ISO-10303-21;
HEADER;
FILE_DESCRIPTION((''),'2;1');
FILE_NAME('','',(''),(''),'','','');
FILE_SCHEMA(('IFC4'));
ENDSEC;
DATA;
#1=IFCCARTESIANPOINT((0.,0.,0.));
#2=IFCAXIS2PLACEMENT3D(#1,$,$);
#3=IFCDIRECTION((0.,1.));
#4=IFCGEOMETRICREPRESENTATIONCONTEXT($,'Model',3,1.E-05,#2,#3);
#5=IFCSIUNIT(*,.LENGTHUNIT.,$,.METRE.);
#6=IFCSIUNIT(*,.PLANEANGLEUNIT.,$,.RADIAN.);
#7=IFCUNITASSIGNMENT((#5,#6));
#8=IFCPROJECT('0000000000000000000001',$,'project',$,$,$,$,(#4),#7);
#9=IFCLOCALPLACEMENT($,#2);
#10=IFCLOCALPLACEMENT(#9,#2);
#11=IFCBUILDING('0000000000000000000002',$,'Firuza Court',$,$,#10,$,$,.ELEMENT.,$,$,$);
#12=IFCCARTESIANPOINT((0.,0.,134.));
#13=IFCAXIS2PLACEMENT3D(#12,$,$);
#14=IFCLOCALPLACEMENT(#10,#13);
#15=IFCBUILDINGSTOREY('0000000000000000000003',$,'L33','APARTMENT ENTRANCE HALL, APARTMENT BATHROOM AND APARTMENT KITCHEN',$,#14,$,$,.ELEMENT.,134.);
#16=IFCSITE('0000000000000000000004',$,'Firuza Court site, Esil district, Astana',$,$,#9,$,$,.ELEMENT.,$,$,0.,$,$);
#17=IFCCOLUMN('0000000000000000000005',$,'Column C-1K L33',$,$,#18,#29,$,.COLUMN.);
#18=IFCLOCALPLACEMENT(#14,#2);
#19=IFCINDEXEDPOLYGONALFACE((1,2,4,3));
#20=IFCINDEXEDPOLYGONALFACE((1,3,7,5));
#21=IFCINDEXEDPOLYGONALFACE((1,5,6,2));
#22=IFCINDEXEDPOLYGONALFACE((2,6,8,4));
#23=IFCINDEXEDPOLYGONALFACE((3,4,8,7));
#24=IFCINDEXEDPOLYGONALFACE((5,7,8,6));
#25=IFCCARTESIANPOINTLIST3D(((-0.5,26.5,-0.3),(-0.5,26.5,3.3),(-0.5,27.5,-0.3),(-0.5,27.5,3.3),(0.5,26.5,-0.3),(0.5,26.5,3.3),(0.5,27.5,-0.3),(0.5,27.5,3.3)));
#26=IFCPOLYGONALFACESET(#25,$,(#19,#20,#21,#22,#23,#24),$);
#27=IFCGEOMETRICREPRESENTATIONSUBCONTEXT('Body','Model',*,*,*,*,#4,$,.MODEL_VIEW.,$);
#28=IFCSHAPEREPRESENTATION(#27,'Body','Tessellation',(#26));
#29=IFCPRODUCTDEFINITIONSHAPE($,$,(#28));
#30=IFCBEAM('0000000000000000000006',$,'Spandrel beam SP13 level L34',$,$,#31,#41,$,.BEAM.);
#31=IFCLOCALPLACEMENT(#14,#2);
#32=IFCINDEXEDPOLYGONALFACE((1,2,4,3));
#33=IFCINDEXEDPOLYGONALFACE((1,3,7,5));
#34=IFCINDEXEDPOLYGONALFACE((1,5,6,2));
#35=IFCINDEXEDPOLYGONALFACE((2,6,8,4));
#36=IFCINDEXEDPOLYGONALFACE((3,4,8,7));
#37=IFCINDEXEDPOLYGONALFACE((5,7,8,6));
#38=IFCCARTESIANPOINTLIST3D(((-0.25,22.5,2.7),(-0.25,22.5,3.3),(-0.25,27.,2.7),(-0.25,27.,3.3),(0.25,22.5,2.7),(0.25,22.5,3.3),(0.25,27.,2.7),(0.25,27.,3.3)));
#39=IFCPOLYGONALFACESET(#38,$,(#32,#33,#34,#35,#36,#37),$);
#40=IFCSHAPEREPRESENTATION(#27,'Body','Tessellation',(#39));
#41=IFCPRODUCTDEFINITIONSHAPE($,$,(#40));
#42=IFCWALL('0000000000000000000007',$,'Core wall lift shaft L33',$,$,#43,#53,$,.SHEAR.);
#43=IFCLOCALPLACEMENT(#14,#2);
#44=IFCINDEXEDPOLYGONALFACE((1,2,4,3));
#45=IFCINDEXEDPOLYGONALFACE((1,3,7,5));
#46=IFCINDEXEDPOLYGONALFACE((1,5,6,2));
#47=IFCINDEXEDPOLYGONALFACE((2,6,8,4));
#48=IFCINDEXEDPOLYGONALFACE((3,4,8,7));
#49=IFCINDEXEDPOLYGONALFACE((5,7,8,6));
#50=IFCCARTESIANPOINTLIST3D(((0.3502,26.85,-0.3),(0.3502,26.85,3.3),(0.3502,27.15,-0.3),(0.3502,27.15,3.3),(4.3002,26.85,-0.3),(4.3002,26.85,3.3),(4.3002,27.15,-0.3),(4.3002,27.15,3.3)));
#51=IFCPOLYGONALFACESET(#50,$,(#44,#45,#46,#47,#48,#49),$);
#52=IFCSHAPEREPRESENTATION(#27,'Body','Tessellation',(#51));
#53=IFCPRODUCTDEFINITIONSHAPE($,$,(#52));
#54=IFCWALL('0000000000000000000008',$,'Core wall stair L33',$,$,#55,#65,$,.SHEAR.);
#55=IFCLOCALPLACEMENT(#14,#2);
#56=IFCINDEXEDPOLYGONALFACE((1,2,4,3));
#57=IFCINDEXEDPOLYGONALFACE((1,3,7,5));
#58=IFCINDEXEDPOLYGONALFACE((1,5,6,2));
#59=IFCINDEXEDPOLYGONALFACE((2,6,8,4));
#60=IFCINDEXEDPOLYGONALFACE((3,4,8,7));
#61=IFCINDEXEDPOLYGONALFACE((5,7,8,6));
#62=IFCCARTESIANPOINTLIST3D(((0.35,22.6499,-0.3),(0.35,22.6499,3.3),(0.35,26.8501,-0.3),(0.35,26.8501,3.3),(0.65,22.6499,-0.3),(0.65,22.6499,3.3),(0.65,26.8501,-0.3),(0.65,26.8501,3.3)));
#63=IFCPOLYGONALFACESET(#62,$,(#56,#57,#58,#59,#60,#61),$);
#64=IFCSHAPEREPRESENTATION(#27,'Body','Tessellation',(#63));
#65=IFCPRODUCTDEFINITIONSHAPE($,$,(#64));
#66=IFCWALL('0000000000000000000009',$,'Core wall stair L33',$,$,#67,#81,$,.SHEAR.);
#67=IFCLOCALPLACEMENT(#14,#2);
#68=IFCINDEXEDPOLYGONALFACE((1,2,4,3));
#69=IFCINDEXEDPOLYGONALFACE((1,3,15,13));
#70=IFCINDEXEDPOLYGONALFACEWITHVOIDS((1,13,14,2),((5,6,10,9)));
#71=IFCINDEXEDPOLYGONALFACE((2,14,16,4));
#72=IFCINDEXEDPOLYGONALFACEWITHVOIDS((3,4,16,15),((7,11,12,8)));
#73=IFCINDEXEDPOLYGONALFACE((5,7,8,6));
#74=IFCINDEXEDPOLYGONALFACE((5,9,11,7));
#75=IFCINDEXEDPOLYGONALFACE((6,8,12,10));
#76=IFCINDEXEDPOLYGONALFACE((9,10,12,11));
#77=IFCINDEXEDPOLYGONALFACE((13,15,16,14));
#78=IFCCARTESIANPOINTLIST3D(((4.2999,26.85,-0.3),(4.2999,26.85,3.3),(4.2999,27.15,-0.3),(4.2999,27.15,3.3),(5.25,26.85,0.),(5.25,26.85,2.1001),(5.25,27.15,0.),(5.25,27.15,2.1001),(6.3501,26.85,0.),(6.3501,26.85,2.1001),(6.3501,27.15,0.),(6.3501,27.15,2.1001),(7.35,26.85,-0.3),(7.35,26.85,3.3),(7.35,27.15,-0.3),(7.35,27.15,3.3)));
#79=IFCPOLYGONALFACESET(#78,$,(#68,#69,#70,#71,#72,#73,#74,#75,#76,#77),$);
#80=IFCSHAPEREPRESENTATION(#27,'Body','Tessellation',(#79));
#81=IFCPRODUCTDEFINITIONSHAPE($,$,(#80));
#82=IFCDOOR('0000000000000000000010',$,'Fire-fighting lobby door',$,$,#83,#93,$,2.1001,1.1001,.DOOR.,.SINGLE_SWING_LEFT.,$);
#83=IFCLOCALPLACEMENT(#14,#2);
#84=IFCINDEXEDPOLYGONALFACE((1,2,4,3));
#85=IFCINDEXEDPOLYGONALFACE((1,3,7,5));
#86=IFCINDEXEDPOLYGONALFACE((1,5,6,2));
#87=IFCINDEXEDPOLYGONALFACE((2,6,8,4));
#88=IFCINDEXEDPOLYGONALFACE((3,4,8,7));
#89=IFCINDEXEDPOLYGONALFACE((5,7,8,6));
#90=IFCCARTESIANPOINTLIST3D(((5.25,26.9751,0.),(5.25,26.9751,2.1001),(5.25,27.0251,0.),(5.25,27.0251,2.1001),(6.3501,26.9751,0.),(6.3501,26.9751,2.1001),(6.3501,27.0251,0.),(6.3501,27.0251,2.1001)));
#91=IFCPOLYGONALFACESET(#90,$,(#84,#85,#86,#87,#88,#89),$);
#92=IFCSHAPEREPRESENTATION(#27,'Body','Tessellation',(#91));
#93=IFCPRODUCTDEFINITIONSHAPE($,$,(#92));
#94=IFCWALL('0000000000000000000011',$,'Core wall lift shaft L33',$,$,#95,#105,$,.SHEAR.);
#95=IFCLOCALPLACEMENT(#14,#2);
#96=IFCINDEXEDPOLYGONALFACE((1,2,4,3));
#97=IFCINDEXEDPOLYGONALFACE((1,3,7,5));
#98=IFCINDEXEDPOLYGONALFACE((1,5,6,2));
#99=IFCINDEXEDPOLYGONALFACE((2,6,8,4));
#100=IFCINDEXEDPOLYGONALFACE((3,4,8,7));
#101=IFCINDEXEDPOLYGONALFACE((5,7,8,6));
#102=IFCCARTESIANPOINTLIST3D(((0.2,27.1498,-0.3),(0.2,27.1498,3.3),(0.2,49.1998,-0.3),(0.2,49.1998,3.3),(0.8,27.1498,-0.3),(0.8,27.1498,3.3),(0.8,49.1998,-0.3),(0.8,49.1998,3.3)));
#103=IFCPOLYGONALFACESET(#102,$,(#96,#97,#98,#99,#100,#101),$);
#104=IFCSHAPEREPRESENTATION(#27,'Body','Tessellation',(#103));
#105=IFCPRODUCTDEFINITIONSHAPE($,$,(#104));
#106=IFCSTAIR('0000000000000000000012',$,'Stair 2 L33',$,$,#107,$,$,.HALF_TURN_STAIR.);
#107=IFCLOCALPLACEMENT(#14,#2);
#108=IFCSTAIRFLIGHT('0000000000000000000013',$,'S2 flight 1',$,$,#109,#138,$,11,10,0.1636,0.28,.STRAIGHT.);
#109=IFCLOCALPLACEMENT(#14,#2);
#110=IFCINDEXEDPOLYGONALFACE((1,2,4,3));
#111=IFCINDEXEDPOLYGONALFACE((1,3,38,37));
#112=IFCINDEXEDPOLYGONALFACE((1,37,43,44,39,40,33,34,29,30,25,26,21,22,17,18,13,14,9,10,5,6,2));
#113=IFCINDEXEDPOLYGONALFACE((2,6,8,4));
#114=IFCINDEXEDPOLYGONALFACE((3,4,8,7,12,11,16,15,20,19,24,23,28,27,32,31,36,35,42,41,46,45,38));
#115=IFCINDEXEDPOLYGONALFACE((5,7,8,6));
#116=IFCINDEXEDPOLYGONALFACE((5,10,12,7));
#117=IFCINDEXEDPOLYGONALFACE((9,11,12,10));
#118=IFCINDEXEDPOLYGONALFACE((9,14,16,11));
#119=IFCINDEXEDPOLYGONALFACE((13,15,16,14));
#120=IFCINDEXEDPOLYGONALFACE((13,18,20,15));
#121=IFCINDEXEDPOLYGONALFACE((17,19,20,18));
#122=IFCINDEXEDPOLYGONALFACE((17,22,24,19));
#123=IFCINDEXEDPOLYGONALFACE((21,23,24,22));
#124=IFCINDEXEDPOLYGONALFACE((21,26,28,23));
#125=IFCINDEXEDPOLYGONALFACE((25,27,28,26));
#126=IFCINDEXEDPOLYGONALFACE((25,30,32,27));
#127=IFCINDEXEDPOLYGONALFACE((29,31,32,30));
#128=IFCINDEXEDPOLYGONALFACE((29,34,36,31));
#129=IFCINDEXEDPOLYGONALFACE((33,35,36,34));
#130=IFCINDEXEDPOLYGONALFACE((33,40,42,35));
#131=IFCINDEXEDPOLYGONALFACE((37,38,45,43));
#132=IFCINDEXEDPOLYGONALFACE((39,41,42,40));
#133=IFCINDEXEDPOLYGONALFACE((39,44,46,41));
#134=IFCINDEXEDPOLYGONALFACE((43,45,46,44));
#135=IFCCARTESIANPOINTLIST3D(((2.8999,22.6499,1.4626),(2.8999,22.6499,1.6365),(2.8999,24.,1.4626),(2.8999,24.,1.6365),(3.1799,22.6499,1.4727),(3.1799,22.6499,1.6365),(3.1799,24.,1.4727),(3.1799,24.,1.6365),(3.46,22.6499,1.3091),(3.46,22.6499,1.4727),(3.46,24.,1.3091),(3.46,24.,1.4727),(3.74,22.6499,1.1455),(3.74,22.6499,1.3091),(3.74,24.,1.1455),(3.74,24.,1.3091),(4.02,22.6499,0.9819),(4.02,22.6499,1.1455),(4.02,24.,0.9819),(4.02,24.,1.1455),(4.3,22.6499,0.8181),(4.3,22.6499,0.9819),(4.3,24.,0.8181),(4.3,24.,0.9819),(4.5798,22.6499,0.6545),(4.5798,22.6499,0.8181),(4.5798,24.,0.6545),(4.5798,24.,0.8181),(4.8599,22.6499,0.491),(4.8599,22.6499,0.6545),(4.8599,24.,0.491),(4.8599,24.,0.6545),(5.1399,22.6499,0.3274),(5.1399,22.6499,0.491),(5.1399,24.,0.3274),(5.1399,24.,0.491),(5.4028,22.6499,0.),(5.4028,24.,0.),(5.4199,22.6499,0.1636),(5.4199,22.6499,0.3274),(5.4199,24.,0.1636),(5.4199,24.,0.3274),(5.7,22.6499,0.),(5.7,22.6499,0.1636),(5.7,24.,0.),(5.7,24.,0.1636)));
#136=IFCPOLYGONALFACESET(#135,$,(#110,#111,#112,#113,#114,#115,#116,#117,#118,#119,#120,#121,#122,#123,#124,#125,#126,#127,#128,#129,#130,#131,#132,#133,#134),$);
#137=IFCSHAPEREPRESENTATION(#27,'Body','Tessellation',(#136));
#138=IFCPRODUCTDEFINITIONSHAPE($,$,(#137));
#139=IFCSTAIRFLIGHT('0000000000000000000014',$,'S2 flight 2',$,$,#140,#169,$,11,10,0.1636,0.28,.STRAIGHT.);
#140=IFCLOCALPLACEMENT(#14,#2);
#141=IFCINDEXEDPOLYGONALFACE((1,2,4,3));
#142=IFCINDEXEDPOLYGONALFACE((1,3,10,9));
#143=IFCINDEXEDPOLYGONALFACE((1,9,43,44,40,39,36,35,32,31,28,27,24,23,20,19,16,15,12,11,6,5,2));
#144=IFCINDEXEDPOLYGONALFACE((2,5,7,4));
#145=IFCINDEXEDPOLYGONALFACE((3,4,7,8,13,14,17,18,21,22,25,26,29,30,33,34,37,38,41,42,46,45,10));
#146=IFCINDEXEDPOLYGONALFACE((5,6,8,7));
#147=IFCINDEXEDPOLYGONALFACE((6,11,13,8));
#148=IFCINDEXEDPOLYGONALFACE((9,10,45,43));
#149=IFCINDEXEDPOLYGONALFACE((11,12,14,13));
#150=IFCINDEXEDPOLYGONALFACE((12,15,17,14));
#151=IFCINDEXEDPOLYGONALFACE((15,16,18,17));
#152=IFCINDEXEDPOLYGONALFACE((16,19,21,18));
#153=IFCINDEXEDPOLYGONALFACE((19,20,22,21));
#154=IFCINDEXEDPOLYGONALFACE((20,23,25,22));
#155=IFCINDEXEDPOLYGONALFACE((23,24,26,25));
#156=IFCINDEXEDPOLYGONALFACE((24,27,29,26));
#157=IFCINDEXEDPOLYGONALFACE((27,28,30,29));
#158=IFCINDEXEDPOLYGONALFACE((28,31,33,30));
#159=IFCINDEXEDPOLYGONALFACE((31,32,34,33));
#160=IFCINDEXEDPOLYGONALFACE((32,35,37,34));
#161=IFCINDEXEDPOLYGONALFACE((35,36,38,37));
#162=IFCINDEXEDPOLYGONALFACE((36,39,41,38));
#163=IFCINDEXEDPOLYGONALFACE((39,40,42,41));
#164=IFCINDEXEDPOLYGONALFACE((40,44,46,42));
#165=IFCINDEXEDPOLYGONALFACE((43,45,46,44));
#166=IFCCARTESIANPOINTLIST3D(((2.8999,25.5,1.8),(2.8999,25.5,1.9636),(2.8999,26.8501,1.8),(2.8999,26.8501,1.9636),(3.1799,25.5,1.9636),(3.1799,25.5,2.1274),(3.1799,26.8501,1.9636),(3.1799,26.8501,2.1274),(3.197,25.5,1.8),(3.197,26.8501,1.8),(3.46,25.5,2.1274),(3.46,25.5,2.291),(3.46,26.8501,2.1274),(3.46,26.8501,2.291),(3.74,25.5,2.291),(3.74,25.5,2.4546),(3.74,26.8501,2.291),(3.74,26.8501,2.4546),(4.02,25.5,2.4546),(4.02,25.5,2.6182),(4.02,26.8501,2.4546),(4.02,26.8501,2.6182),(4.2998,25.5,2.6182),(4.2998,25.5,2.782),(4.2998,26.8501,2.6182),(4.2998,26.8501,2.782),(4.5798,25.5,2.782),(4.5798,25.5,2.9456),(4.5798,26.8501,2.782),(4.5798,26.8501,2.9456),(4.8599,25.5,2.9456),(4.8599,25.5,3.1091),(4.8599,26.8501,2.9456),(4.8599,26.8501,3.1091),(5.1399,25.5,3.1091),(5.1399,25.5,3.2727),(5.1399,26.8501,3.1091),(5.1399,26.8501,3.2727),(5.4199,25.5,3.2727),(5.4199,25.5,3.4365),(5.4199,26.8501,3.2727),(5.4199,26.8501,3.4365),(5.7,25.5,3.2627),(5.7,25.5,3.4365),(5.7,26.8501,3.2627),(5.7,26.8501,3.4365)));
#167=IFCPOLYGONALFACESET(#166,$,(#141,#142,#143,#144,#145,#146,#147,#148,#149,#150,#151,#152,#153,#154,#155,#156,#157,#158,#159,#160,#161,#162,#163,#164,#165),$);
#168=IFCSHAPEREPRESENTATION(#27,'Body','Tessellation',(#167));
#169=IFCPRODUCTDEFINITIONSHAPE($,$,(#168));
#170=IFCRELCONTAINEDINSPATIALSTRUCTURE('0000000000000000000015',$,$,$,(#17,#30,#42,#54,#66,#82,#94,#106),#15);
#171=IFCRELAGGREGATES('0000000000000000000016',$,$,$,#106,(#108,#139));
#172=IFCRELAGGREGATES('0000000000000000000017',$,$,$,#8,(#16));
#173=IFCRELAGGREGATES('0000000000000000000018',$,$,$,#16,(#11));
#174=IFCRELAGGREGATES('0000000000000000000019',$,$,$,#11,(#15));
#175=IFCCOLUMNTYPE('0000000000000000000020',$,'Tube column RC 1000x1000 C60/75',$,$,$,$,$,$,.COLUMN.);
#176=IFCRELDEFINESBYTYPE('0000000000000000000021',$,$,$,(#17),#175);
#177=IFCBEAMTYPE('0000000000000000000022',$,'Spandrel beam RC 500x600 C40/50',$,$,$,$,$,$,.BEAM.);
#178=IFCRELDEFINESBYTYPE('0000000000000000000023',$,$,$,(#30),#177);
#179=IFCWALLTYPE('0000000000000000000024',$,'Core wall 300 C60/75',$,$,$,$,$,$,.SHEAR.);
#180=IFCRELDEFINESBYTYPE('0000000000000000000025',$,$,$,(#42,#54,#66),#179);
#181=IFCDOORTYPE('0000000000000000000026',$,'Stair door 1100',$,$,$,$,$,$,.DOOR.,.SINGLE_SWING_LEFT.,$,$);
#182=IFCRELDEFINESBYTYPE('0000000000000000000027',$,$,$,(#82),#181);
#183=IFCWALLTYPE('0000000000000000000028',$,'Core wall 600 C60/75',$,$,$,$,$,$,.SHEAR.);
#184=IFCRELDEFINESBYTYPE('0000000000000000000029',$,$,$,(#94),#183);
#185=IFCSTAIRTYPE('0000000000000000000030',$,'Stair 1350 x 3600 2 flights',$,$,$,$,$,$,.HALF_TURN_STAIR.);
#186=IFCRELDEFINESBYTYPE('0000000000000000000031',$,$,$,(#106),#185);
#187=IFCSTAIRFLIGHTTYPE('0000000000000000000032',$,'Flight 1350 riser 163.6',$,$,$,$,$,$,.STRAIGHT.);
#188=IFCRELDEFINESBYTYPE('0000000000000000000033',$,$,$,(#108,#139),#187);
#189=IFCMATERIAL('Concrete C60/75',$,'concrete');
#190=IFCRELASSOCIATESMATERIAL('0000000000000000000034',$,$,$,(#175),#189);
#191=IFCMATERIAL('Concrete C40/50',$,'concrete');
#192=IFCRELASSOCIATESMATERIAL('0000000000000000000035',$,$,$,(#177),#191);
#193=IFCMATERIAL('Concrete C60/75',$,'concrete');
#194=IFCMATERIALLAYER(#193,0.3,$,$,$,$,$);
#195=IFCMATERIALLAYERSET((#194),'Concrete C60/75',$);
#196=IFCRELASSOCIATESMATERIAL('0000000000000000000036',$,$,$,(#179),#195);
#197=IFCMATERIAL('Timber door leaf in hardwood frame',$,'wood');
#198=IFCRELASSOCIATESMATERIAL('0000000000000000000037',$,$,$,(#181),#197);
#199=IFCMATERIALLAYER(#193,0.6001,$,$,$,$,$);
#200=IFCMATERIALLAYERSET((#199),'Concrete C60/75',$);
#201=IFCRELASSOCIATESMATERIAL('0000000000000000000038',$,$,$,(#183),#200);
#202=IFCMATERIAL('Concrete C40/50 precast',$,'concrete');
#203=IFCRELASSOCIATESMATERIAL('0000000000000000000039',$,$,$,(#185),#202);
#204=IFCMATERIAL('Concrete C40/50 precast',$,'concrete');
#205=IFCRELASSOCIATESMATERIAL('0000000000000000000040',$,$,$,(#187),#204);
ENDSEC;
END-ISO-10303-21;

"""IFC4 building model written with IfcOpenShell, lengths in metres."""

from ifc_helpers import new_model, si_unit, direction, frame, frame_2d, origin, origin_2d, place, context, subcontext, project, spatial, polyline, rectangle, outline, extrude, material, layer, layer_set, material_profile, profile_set, type_object, element, fill, aggregate, save


model = new_model("IFC4")

# Units and contexts
model_context = context("Model", 3, precision=1e-05, world=origin(), true_north=direction((0.0, 1.0)))
body_context = subcontext(model_context, "Body", "Model", "MODEL_VIEW")
ifc_project = project(units=[si_unit("LENGTHUNIT", "METRE"), si_unit("PLANEANGLEUNIT", "RADIAN")], contexts=[model_context])

# Site, building, storey
site_placement = place(None, origin())
site = spatial("IfcSite", under=ifc_project, at=site_placement, Name="Firuza Court site, Esil district, Astana", CompositionType="ELEMENT", RefElevation=0.0)
building_placement = place(site_placement, origin())
building = spatial("IfcBuilding", under=site, at=building_placement, Name="Firuza Court", CompositionType="ELEMENT")
storey_placement = place(building_placement, frame((0.0, 0.0, 134.0)))
storey = spatial("IfcBuildingStorey", under=building, at=storey_placement, Name="L33", Description="APARTMENT ENTRANCE HALL, APARTMENT BATHROOM AND APARTMENT KITCHEN", CompositionType="ELEMENT", Elevation=134.0)

# Column
ifc_material_1 = material(Name="Concrete C60/75", Category="concrete")
ifc_material_profile_1 = material_profile(ifc_material_1, rectangle(XDim=1.0, YDim=1.0, at=origin_2d()), Name="RC 1000x1000")
ifc_profile_set_1 = profile_set([ifc_material_profile_1], Name="Concrete C60/75")
column_type = type_object("IfcColumnType", Name="Tube column RC 1000x1000 C60/75", PredefinedType="COLUMN", material=ifc_profile_set_1)
column_placement = place(storey_placement, frame((0.0, 27.0, -0.3), z_axis=(0.0, 0.0, 1.0), x_axis=(1.0, 0.0, 0.0)))
element("IfcColumn", 1, at=column_placement, inside=storey, type_object=column_type, Name="Column C-1K L33", PredefinedType="COLUMN", context=body_context, shape_type="SweptSolid", body=[
    extrude(rectangle(XDim=1.0, YDim=1.0, at=origin_2d()), origin(), (0.0, 0.0, 1.0), 3.6001),
])

# Beam
ifc_material_2 = material(Name="Concrete C40/50", Category="concrete")
ifc_material_profile_2 = material_profile(ifc_material_2, rectangle(XDim=0.5, YDim=0.6001, at=origin_2d()), Name="RC 500x600")
ifc_profile_set_2 = profile_set([ifc_material_profile_2], Name="Concrete C40/50")
beam_type = type_object("IfcBeamType", Name="Spandrel beam RC 500x600 C40/50", PredefinedType="BEAM", material=ifc_profile_set_2)
beam_placement = place(storey_placement, frame((0.0, 27.0, 3.0), z_axis=(0.0, -1.0, 0.0), x_axis=(1.0, 0.0, 0.0)))
element("IfcBeam", 2, at=beam_placement, inside=storey, type_object=beam_type, Name="Spandrel beam SP13 level L34", PredefinedType="BEAM", context=body_context, shape_type="SweptSolid", body=[
    extrude(rectangle(XDim=0.5, YDim=0.6001, at=origin_2d()), origin(), (0.0, 0.0, 1.0), 4.5),
])

# Walls
ifc_material_3 = material(Name="Concrete C60/75", Category="concrete")
ifc_layer_1 = layer(ifc_material_3, 0.3)
ifc_layer_set_1 = layer_set([ifc_layer_1], Name="Concrete C60/75")
wall_type_1 = type_object("IfcWallType", Name="Core wall 300 C60/75", PredefinedType="SHEAR", material=ifc_layer_set_1)
wall_1_placement = place(storey_placement, frame((0.3501, 27.0, -0.3), z_axis=(0.0, 0.0, 1.0), x_axis=(1.0, 0.0, 0.0)))
element("IfcWall", 3, at=wall_1_placement, inside=storey, type_object=wall_type_1, Name="Core wall lift shaft L33", PredefinedType="SHEAR", context=body_context, shape_type="SweptSolid", body=[
    extrude(rectangle(XDim=3.95, YDim=0.3, at=frame_2d((1.9751, 0.0))), origin(), (0.0, 0.0, 1.0), 3.6001),
])
wall_2_placement = place(storey_placement, frame((0.5, 22.6499, -0.3), z_axis=(0.0, 0.0, 1.0), x_axis=(0.0, 1.0, 0.0)))
element("IfcWall", 4, at=wall_2_placement, inside=storey, type_object=wall_type_1, Name="Core wall stair L33", PredefinedType="SHEAR", context=body_context, shape_type="SweptSolid", body=[
    extrude(rectangle(XDim=4.2002, YDim=0.3, at=frame_2d((2.1001, 0.0))), origin(), (0.0, 0.0, 1.0), 3.6001),
])

# Wall, opening, door
wall_3_placement = place(storey_placement, frame((4.3, 27.0, -0.3), z_axis=(0.0, 0.0, 1.0), x_axis=(1.0, 0.0, 0.0)))
wall_3 = element("IfcWall", 5, at=wall_3_placement, inside=storey, type_object=wall_type_1, Name="Core wall stair L33", PredefinedType="SHEAR", context=body_context, shape_type="SweptSolid", body=[
    extrude(rectangle(XDim=3.05, YDim=0.3, at=frame_2d((1.5249, 0.0))), origin(), (0.0, 0.0, 1.0), 3.6001),
])
opening_1_placement = place(wall_3_placement, frame((0.95, 0.0, 0.3)))
opening_1 = element("IfcOpeningElement", 6, at=opening_1_placement, cuts=wall_3, PredefinedType="OPENING", context=body_context, shape_type="SweptSolid", body=[
    extrude(rectangle(XDim=1.1001, YDim=2.1001, at=frame_2d((0.55, 1.05))), frame((0.0, 0.1621, 0.0), z_axis=(0.0, -1.0, 0.0), x_axis=(1.0, 0.0, 0.0)), (0.0, 0.0, 1.0), 0.324),
])
ifc_material_4 = material(Name="Timber door leaf in hardwood frame", Category="wood")
door_type_1 = type_object("IfcDoorType", Name="Stair door 1100", OperationType="SINGLE_SWING_LEFT", PredefinedType="DOOR", material=ifc_material_4)
door_1_placement = place(opening_1_placement, frame((1.1001, 0.0, 0.0), z_axis=(0.0, 0.0, 1.0), x_axis=(-1.0, 0.0, 0.0)))
door_1 = element("IfcDoor", 7, at=door_1_placement, inside=storey, type_object=door_type_1, Name="Fire-fighting lobby door", OperationType="SINGLE_SWING_LEFT", OverallHeight=2.1001, OverallWidth=1.1001, PredefinedType="DOOR", context=body_context, shape_type="SweptSolid", body=[
    extrude(rectangle(XDim=1.1001, YDim=2.1001, at=frame_2d((0.55, 1.05))), frame((0.0, 0.0249, 0.0), z_axis=(0.0, -1.0, 0.0), x_axis=(1.0, 0.0, 0.0)), (0.0, 0.0, 1.0), 0.05),
])
fill(opening_1, door_1)

# Wall
ifc_layer_2 = layer(ifc_material_3, 0.6001)
ifc_layer_set_2 = layer_set([ifc_layer_2], Name="Concrete C60/75")
wall_type_2 = type_object("IfcWallType", Name="Core wall 600 C60/75", PredefinedType="SHEAR", material=ifc_layer_set_2)
wall_4_placement = place(storey_placement, frame((0.5, 27.1499, -0.3), z_axis=(0.0, 0.0, 1.0), x_axis=(0.0, 1.0, 0.0)))
element("IfcWall", 8, at=wall_4_placement, inside=storey, type_object=wall_type_2, Name="Core wall lift shaft L33", PredefinedType="SHEAR", context=body_context, shape_type="SweptSolid", body=[
    extrude(rectangle(XDim=22.05, YDim=0.6001, at=frame_2d((11.0249, 0.0))), origin(), (0.0, 0.0, 1.0), 3.6001),
])

# Stair, stair flights
ifc_material_5 = material(Name="Concrete C40/50 precast", Category="concrete")
stair_type = type_object("IfcStairType", Name="Stair 1350 x 3600 2 flights", PredefinedType="HALF_TURN_STAIR", material=ifc_material_5)
stair_placement = place(storey_placement, origin())
stair = element("IfcStair", 9, at=stair_placement, inside=storey, type_object=stair_type, Name="Stair 2 L33", PredefinedType="HALF_TURN_STAIR")
ifc_material_6 = material(Name="Concrete C40/50 precast", Category="concrete")
stair_flight_type = type_object("IfcStairFlightType", Name="Flight 1350 riser 163.6", PredefinedType="STRAIGHT", material=ifc_material_6)
stair_flight_1_placement = place(storey_placement, frame((5.7, 23.325, 0.0), z_axis=(0.0, 0.0, 1.0), x_axis=(-1.0, 0.0, 0.0)))
stair_flight_1 = element("IfcStairFlight", 10, at=stair_flight_1_placement, type_object=stair_flight_type, Name="S2 flight 1", NumberOfRisers=11, NumberOfTreads=10, PredefinedType="STRAIGHT", RiserHeight=0.1636, TreadLength=0.28, context=body_context, shape_type="SweptSolid", body=[
    extrude(outline(polyline([(0.0, 0.0), (0.0, 0.1636), (0.28, 0.1636), (0.28, 0.3274), (0.5601, 0.3274), (0.5601, 0.491), (0.8401, 0.491), (0.8401, 0.6545), (1.1201, 0.6545), (1.1201, 0.8181), (1.3999, 0.8181), (1.3999, 0.9819), (1.6799, 0.9819), (1.6799, 1.1455), (1.96, 1.1455), (1.96, 1.3091), (2.24, 1.3091), (2.24, 1.4727), (2.52, 1.4727), (2.52, 1.6365), (2.8, 1.6365), (2.8, 1.8), (2.8, 1.4626), (0.2971, 0.0), (0.0, 0.0)])), frame((0.0, 0.675, 0.0), z_axis=(0.0, -1.0, 0.0), x_axis=(1.0, 0.0, 0.0)), (0.0, 0.0, 1.0), 1.3501),
])
stair_flight_2_placement = place(storey_placement, frame((2.8999, 26.175, 1.8), z_axis=(0.0, 0.0, 1.0), x_axis=(1.0, 0.0, 0.0)))
stair_flight_2 = element("IfcStairFlight", 11, at=stair_flight_2_placement, type_object=stair_flight_type, Name="S2 flight 2", NumberOfRisers=11, NumberOfTreads=10, PredefinedType="STRAIGHT", RiserHeight=0.1636, TreadLength=0.28, context=body_context, shape_type="SweptSolid", body=[
    extrude(outline(polyline([(0.0, 0.0), (0.0, 0.1636), (0.28, 0.1636), (0.28, 0.3274), (0.5601, 0.3274), (0.5601, 0.491), (0.8401, 0.491), (0.8401, 0.6545), (1.1201, 0.6545), (1.1201, 0.8181), (1.3999, 0.8181), (1.3999, 0.9819), (1.6799, 0.9819), (1.6799, 1.1455), (1.96, 1.1455), (1.96, 1.3091), (2.24, 1.3091), (2.24, 1.4727), (2.52, 1.4727), (2.52, 1.6365), (2.8, 1.6365), (2.8, 1.8), (2.8, 1.4626), (0.2971, 0.0), (0.0, 0.0)])), frame((0.0, 0.675, 0.0), z_axis=(0.0, -1.0, 0.0), x_axis=(1.0, 0.0, 0.0)), (0.0, 0.0, 1.0), 1.3501),
])
aggregate(stair, [stair_flight_1, stair_flight_2])

save(model, "model.ifc")
